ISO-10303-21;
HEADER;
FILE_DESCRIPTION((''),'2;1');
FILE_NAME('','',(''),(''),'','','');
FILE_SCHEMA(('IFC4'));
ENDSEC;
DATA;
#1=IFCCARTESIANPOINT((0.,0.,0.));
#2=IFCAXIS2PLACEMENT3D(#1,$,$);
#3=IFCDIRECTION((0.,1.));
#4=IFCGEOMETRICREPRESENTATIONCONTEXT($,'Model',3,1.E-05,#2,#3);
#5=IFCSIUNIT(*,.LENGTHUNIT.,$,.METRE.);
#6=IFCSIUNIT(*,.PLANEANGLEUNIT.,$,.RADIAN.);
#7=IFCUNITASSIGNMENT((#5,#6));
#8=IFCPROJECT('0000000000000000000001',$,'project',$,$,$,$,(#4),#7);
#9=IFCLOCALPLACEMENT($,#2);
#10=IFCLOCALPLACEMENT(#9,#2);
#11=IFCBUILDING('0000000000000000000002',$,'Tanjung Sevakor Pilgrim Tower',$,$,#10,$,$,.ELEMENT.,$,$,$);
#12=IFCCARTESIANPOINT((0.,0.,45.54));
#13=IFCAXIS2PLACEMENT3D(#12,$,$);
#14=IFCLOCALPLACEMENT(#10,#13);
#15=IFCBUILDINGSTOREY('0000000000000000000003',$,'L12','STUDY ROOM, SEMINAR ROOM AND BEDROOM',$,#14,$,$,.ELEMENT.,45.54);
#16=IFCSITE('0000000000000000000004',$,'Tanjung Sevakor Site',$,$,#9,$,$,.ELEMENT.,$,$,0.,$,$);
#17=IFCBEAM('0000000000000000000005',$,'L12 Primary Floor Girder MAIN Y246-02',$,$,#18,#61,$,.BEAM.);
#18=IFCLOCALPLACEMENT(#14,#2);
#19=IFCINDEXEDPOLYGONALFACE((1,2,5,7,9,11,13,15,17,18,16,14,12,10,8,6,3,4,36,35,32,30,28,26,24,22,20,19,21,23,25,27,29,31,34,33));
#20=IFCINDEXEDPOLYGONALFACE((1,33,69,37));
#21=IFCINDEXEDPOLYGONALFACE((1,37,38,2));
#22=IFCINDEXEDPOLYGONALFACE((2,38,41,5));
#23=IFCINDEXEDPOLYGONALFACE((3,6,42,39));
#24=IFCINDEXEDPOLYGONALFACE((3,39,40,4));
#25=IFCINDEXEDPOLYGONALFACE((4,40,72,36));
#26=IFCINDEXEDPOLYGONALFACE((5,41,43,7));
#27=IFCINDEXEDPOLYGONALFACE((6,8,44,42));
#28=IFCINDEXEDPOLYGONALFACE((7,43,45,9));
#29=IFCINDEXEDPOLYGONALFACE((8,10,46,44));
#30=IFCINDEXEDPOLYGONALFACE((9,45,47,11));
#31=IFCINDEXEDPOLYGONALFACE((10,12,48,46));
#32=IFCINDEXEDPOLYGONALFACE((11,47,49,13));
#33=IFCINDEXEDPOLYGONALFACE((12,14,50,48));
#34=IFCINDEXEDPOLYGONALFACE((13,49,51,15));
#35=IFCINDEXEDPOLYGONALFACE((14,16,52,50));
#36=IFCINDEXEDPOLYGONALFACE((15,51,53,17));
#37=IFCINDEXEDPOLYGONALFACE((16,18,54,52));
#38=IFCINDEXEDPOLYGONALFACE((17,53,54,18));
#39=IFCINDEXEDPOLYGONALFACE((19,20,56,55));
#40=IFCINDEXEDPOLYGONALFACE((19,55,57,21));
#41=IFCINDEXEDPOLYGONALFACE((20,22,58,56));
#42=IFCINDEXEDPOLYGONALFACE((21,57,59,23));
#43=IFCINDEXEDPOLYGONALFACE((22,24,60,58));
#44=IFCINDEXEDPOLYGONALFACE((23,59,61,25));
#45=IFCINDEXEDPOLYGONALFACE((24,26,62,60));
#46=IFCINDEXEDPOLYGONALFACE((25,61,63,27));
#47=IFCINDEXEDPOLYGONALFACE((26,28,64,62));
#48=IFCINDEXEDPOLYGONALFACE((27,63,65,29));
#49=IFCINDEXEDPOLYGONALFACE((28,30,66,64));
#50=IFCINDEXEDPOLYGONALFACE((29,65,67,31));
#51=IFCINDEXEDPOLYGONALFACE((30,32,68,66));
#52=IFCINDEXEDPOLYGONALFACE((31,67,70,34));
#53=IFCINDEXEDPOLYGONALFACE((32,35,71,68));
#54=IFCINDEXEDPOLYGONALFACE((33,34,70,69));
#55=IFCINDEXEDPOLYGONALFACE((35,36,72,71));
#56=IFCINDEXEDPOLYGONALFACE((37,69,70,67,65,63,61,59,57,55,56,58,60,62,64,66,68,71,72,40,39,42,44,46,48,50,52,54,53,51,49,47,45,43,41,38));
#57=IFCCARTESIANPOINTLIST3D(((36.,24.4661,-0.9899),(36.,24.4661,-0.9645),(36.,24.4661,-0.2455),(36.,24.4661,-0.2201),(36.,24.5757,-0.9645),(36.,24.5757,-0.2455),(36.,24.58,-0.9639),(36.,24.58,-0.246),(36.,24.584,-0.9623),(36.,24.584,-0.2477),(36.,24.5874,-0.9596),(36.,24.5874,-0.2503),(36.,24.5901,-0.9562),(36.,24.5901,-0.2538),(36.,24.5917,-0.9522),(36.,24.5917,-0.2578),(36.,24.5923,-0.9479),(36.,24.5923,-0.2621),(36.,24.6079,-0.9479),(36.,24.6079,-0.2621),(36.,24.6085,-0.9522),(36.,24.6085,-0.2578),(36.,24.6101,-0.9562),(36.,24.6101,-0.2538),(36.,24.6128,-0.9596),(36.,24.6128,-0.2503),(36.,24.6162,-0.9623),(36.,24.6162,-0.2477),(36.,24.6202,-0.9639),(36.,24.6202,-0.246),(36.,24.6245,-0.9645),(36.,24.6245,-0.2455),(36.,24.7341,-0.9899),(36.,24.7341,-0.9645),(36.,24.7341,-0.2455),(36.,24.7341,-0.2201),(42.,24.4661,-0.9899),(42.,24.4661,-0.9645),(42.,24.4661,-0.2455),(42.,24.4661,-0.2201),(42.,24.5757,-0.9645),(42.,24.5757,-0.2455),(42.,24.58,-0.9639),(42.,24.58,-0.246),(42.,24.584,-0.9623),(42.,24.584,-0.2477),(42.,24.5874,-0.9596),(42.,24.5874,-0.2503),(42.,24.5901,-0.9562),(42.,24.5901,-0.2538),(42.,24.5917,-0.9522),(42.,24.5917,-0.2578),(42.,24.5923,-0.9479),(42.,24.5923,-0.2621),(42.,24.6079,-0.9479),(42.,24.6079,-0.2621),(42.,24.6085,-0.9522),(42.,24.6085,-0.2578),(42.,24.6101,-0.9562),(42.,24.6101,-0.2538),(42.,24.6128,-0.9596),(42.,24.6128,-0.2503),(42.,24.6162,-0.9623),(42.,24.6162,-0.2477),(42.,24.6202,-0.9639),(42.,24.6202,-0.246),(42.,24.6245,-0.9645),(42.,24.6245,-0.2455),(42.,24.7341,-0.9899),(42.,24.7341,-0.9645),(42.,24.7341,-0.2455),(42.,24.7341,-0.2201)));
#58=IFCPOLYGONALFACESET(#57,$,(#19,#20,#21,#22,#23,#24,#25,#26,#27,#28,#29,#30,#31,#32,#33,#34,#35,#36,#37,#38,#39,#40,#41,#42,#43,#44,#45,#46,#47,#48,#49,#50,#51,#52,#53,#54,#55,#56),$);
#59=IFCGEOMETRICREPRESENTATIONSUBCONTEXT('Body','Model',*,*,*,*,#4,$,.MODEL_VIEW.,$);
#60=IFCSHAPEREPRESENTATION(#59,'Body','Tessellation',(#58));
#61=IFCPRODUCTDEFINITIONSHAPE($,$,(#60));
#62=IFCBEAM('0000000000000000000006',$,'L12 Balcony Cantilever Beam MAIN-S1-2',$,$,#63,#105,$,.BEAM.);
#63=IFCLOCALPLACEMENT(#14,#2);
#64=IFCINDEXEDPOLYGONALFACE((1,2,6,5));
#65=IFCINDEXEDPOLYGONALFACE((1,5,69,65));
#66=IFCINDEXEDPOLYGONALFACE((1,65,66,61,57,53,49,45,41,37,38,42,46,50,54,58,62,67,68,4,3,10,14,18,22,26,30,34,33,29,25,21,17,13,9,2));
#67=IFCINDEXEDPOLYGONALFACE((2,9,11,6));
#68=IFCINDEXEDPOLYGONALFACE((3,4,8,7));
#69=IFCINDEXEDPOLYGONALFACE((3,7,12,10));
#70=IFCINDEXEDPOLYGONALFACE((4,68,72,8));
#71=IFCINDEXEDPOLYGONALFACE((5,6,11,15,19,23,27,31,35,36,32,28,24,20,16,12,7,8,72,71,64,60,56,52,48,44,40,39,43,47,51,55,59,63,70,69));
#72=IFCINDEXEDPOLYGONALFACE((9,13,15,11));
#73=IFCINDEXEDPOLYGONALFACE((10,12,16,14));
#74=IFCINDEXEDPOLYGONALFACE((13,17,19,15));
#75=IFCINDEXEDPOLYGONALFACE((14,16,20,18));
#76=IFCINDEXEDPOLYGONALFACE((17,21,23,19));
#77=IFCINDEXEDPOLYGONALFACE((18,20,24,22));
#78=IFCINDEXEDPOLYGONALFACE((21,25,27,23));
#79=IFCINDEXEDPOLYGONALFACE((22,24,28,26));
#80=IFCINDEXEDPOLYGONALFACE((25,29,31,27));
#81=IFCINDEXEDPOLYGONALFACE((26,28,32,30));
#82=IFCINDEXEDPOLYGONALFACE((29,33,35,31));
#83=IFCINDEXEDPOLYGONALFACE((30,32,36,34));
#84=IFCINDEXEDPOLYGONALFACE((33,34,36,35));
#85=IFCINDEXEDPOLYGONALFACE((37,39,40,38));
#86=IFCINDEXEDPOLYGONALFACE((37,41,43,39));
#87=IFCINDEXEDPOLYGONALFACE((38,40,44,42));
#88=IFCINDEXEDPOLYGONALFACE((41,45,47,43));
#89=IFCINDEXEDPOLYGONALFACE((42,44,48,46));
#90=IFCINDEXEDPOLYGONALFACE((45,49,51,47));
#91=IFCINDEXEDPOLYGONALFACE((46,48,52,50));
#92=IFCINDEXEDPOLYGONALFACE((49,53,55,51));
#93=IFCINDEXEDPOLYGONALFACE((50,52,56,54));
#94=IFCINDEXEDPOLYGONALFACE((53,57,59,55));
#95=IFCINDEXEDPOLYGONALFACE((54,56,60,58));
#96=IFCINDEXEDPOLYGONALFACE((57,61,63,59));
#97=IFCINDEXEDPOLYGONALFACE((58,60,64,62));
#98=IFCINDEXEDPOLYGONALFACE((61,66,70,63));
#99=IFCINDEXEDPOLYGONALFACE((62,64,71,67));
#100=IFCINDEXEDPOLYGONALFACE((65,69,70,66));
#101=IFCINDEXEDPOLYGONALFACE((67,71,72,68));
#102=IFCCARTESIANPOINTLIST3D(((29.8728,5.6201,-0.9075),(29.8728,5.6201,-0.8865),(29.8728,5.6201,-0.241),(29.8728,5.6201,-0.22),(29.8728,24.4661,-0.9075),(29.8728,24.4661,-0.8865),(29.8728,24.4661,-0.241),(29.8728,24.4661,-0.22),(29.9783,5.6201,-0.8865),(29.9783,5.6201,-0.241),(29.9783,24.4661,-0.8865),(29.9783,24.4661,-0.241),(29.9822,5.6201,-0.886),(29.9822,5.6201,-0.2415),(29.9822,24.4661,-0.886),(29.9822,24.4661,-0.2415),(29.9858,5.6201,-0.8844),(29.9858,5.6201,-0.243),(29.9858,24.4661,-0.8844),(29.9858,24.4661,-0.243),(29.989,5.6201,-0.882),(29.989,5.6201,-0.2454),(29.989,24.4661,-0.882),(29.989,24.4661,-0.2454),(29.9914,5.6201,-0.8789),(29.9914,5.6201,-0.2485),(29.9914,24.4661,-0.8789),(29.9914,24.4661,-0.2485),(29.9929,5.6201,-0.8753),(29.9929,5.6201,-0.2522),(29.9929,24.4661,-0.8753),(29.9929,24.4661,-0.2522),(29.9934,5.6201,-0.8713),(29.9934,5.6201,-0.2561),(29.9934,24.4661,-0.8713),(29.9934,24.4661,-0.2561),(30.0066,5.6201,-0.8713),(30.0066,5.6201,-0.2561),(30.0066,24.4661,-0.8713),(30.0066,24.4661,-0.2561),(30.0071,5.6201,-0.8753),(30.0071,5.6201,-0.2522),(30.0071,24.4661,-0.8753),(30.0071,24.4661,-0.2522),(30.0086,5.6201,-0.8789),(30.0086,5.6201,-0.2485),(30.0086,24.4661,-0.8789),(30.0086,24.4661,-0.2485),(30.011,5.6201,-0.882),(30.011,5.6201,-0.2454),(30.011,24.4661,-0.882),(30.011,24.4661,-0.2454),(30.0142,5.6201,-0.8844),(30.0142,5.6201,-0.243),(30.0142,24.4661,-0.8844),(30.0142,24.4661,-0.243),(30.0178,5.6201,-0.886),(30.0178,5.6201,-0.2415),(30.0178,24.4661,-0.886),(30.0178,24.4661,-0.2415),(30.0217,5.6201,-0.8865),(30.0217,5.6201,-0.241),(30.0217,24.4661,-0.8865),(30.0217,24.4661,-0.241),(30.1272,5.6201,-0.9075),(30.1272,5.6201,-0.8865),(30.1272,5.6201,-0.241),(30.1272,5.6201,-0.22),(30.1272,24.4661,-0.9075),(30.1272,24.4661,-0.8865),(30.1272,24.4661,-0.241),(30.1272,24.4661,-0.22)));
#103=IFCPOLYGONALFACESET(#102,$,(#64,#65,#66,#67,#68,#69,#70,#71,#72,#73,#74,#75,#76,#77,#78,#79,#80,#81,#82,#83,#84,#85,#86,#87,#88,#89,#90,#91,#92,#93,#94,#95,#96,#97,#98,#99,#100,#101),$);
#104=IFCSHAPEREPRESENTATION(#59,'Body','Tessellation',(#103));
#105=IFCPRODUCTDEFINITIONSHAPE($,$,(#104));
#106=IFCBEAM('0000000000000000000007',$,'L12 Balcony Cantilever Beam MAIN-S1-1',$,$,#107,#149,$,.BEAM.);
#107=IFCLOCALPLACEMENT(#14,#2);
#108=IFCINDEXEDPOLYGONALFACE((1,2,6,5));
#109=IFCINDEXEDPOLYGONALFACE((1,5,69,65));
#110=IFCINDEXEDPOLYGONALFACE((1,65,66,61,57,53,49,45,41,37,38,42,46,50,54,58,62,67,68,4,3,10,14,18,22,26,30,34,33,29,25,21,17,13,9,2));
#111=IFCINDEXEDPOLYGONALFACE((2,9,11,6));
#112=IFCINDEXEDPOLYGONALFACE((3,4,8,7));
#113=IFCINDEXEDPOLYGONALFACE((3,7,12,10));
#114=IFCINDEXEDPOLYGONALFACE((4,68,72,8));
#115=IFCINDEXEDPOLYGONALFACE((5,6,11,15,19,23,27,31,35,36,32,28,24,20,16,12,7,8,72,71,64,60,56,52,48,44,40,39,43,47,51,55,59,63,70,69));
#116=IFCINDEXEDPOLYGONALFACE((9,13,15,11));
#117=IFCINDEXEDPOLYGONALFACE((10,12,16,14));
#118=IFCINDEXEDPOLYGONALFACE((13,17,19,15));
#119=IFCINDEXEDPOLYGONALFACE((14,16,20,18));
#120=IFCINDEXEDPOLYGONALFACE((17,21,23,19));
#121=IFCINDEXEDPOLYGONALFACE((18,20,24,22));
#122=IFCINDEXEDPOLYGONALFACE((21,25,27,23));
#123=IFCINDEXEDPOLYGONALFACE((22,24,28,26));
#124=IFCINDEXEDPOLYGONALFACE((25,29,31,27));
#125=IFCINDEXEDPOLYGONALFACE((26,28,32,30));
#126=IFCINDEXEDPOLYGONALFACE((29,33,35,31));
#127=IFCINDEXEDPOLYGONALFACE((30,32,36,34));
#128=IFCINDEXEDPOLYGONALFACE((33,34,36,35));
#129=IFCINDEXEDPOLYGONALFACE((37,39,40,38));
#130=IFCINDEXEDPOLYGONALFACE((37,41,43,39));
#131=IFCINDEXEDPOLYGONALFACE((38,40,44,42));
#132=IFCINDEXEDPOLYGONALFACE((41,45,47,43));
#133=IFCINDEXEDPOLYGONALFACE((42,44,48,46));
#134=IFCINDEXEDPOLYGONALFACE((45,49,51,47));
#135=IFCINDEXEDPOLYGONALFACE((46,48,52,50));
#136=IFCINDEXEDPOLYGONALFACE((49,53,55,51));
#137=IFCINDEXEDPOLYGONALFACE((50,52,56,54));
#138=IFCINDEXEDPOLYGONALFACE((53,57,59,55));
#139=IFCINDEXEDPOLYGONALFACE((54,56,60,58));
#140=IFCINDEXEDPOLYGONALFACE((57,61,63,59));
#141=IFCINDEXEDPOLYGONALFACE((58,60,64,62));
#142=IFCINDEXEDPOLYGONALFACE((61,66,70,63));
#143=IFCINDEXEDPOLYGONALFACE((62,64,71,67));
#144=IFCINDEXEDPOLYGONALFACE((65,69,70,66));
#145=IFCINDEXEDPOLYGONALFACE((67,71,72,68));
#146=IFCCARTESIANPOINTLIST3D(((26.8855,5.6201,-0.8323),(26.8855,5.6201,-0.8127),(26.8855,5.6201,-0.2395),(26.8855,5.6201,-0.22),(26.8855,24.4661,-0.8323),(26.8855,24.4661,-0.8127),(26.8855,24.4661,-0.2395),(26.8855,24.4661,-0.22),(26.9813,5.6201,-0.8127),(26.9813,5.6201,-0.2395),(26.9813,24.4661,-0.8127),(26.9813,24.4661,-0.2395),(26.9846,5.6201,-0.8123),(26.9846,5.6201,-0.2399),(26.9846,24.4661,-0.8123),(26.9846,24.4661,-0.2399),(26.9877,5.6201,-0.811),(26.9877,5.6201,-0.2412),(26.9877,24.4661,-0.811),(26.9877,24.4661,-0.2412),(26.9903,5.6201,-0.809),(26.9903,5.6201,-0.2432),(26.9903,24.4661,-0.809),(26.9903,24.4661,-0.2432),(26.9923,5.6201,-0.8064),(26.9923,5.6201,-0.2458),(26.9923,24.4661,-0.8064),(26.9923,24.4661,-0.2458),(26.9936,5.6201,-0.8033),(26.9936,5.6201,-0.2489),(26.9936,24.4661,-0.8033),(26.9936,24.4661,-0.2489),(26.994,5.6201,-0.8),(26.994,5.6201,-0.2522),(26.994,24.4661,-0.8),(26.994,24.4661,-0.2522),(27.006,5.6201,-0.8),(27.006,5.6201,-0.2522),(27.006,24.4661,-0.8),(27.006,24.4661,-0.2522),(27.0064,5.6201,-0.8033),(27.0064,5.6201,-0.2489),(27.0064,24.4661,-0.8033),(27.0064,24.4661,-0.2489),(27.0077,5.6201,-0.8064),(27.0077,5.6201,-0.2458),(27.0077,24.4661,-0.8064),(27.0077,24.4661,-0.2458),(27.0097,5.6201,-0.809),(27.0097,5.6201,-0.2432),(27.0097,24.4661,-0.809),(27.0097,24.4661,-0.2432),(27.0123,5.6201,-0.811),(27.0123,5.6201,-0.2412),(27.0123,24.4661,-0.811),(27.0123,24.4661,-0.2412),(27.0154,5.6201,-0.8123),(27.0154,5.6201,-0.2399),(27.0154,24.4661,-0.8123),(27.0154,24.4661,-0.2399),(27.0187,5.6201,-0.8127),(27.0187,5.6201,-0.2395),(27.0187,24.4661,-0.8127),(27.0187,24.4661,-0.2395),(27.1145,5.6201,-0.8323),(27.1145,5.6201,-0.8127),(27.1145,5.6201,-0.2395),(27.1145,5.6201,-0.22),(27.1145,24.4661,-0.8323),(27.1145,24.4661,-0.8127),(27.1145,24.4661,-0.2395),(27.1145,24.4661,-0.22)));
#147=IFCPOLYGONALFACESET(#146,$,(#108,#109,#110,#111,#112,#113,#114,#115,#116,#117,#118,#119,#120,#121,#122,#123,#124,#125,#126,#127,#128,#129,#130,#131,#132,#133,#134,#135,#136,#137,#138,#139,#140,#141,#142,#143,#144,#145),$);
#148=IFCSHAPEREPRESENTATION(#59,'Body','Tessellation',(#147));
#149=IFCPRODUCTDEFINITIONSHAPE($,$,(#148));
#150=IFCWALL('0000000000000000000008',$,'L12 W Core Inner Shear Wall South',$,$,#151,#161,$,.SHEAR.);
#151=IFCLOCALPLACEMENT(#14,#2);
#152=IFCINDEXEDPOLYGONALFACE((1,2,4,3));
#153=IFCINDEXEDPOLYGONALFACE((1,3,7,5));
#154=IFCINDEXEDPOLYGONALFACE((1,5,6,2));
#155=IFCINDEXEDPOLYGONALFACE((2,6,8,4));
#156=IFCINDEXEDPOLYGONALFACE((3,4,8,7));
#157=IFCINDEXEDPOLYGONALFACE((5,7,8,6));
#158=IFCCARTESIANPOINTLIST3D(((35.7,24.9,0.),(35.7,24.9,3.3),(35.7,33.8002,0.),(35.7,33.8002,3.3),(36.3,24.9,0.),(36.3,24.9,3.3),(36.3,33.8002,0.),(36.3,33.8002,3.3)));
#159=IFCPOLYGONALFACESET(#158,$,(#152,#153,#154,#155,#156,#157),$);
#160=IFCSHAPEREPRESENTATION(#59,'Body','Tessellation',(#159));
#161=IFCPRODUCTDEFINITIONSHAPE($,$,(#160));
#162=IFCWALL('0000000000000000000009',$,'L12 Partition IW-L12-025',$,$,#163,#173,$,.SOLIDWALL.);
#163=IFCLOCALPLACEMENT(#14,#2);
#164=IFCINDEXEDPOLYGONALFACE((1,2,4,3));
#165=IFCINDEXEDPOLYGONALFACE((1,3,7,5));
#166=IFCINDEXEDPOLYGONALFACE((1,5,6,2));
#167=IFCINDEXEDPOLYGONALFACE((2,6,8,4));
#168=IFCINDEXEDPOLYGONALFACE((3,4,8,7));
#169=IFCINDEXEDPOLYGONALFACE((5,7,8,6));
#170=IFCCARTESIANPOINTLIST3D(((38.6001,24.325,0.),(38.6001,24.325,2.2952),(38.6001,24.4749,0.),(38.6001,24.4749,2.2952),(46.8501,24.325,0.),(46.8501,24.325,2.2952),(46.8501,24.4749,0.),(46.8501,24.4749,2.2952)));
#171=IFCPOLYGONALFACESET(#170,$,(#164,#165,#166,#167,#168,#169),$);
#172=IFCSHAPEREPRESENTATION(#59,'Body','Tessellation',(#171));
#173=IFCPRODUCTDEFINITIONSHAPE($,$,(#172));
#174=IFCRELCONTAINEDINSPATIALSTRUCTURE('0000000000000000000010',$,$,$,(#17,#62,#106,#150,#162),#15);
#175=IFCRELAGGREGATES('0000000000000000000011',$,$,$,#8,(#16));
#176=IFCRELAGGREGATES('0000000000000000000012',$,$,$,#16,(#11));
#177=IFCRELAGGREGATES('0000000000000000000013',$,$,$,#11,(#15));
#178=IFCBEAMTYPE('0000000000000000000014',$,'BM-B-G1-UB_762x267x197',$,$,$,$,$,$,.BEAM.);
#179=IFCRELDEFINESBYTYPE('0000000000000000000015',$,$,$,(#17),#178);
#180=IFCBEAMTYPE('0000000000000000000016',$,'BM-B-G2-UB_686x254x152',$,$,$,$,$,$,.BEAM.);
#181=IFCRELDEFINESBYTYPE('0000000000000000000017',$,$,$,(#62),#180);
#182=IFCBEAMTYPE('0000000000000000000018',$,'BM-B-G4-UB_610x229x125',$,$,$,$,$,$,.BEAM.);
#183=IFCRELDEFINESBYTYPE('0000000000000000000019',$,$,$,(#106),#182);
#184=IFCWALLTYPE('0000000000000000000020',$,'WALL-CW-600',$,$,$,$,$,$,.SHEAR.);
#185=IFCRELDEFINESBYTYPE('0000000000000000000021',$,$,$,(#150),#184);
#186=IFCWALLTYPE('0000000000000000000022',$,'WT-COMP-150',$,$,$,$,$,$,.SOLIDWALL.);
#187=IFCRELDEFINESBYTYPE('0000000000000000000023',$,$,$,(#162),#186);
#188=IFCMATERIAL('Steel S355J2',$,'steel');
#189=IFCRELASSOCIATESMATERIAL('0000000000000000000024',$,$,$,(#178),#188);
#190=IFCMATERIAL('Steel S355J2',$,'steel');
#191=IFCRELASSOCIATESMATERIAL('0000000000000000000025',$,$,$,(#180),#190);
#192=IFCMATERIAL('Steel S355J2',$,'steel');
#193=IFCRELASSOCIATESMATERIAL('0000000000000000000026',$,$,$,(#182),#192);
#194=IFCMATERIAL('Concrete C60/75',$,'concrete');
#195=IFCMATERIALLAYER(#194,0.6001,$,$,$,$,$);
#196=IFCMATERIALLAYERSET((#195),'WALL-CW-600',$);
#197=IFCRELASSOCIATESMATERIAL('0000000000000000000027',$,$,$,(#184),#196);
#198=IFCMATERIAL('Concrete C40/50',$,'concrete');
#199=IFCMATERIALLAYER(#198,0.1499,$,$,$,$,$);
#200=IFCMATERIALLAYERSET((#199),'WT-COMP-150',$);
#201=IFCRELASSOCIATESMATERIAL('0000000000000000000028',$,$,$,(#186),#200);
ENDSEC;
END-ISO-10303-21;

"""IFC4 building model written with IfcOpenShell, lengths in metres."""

from ifc_helpers import new_model, si_unit, direction, frame, frame_2d, origin, origin_2d, place, context, subcontext, project, spatial, rectangle, i_section, extrude, material, layer, layer_set, material_profile, profile_set, type_object, element, save


model = new_model("IFC4")

# Units and contexts
model_context = context("Model", 3, precision=1e-05, world=origin(), true_north=direction((0.0, 1.0)))
body_context = subcontext(model_context, "Body", "Model", "MODEL_VIEW")
ifc_project = project(units=[si_unit("LENGTHUNIT", "METRE"), si_unit("PLANEANGLEUNIT", "RADIAN")], contexts=[model_context])

# Site, building, storey
site_placement = place(None, origin())
site = spatial("IfcSite", under=ifc_project, at=site_placement, Name="Tanjung Sevakor Site", CompositionType="ELEMENT", RefElevation=0.0)
building_placement = place(site_placement, origin())
building = spatial("IfcBuilding", under=site, at=building_placement, Name="Tanjung Sevakor Pilgrim Tower", CompositionType="ELEMENT")
storey_placement = place(building_placement, frame((0.0, 0.0, 45.54)))
storey = spatial("IfcBuildingStorey", under=building, at=storey_placement, Name="L12", Description="STUDY ROOM, SEMINAR ROOM AND BEDROOM", CompositionType="ELEMENT", Elevation=45.54)

# Beams
ifc_material_1 = material(Name="Steel S355J2", Category="steel")
ifc_material_profile_1 = material_profile(ifc_material_1, i_section(OverallWidth=0.2681, OverallDepth=0.7698, WebThickness=0.0156, FlangeThickness=0.0254, FilletRadius=0.0166, at=origin_2d()))
ifc_profile_set_1 = profile_set([ifc_material_profile_1], Name="Steel S355J2")
beam_type_1 = type_object("IfcBeamType", Name="BM-B-G1-UB_762x267x197", PredefinedType="BEAM", material=ifc_profile_set_1)
beam_1_placement = place(storey_placement, frame((36.0, 24.6001, -0.605), z_axis=(1.0, 0.0, 0.0), x_axis=(0.0, 1.0, 0.0)))
element("IfcBeam", 1, at=beam_1_placement, inside=storey, type_object=beam_type_1, Name="L12 Primary Floor Girder MAIN Y246-02", PredefinedType="BEAM", context=body_context, shape_type="SweptSolid", body=[
    extrude(i_section(OverallWidth=0.2681, OverallDepth=0.7698, WebThickness=0.0156, FlangeThickness=0.0254, FilletRadius=0.0166, at=origin_2d()), origin(), (0.0, 0.0, 1.0), 6.0),
])
ifc_material_2 = material(Name="Steel S355J2", Category="steel")
ifc_material_profile_2 = material_profile(ifc_material_2, i_section(OverallWidth=0.2544, OverallDepth=0.6875, WebThickness=0.0132, FlangeThickness=0.021, FilletRadius=0.0151, at=origin_2d()))
ifc_profile_set_2 = profile_set([ifc_material_profile_2], Name="Steel S355J2")
beam_type_2 = type_object("IfcBeamType", Name="BM-B-G2-UB_686x254x152", PredefinedType="BEAM", material=ifc_profile_set_2)
beam_2_placement = place(storey_placement, frame((30.0, 24.4661, -0.5637), z_axis=(0.0, -1.0, 0.0), x_axis=(1.0, 0.0, 0.0)))
element("IfcBeam", 2, at=beam_2_placement, inside=storey, type_object=beam_type_2, Name="L12 Balcony Cantilever Beam MAIN-S1-2", PredefinedType="BEAM", context=body_context, shape_type="SweptSolid", body=[
    extrude(i_section(OverallWidth=0.2544, OverallDepth=0.6875, WebThickness=0.0132, FlangeThickness=0.021, FilletRadius=0.0151, at=origin_2d()), origin(), (0.0, 0.0, 1.0), 18.8459),
])
ifc_material_3 = material(Name="Steel S355J2", Category="steel")
ifc_material_profile_3 = material_profile(ifc_material_3, i_section(OverallWidth=0.229, OverallDepth=0.6123, WebThickness=0.012, FlangeThickness=0.0195, FilletRadius=0.0127, at=origin_2d()))
ifc_profile_set_3 = profile_set([ifc_material_profile_3], Name="Steel S355J2")
beam_type_3 = type_object("IfcBeamType", Name="BM-B-G4-UB_610x229x125", PredefinedType="BEAM", material=ifc_profile_set_3)
beam_3_placement = place(storey_placement, frame((27.0, 24.4661, -0.5261), z_axis=(0.0, -1.0, 0.0), x_axis=(1.0, 0.0, 0.0)))
element("IfcBeam", 3, at=beam_3_placement, inside=storey, type_object=beam_type_3, Name="L12 Balcony Cantilever Beam MAIN-S1-1", PredefinedType="BEAM", context=body_context, shape_type="SweptSolid", body=[
    extrude(i_section(OverallWidth=0.229, OverallDepth=0.6123, WebThickness=0.012, FlangeThickness=0.0195, FilletRadius=0.0127, at=origin_2d()), origin(), (0.0, 0.0, 1.0), 18.8459),
])

# Wall
ifc_material_4 = material(Name="Concrete C60/75", Category="concrete")
ifc_layer_1 = layer(ifc_material_4, 0.6001)
ifc_layer_set_1 = layer_set([ifc_layer_1], Name="WALL-CW-600")
wall_type_1 = type_object("IfcWallType", Name="WALL-CW-600", PredefinedType="SHEAR", material=ifc_layer_set_1)
wall_1_placement = place(storey_placement, frame((36.0, 24.8999, 0.0), z_axis=(0.0, 0.0, 1.0), x_axis=(0.0, 1.0, 0.0)))
element("IfcWall", 4, at=wall_1_placement, inside=storey, type_object=wall_type_1, Name="L12 W Core Inner Shear Wall South", PredefinedType="SHEAR", context=body_context, shape_type="SweptSolid", body=[
    extrude(rectangle(XDim=8.9001, YDim=0.6001, at=frame_2d((4.4502, 0.0))), origin(), (0.0, 0.0, 1.0), 3.3),
])

# Wall
ifc_material_5 = material(Name="Concrete C40/50", Category="concrete")
ifc_layer_2 = layer(ifc_material_5, 0.1499)
ifc_layer_set_2 = layer_set([ifc_layer_2], Name="WT-COMP-150")
wall_type_2 = type_object("IfcWallType", Name="WT-COMP-150", PredefinedType="SOLIDWALL", material=ifc_layer_set_2)
wall_2_placement = place(storey_placement, frame((38.6001, 24.3999, 0.0), z_axis=(0.0, 0.0, 1.0), x_axis=(1.0, 0.0, 0.0)))
element("IfcWall", 5, at=wall_2_placement, inside=storey, type_object=wall_type_2, Name="L12 Partition IW-L12-025", PredefinedType="SOLIDWALL", context=body_context, shape_type="SweptSolid", body=[
    extrude(rectangle(XDim=8.25, YDim=0.1499, at=frame_2d((4.125, 0.0))), origin(), (0.0, 0.0, 1.0), 2.2952),
])

save(model, "model.ifc")
